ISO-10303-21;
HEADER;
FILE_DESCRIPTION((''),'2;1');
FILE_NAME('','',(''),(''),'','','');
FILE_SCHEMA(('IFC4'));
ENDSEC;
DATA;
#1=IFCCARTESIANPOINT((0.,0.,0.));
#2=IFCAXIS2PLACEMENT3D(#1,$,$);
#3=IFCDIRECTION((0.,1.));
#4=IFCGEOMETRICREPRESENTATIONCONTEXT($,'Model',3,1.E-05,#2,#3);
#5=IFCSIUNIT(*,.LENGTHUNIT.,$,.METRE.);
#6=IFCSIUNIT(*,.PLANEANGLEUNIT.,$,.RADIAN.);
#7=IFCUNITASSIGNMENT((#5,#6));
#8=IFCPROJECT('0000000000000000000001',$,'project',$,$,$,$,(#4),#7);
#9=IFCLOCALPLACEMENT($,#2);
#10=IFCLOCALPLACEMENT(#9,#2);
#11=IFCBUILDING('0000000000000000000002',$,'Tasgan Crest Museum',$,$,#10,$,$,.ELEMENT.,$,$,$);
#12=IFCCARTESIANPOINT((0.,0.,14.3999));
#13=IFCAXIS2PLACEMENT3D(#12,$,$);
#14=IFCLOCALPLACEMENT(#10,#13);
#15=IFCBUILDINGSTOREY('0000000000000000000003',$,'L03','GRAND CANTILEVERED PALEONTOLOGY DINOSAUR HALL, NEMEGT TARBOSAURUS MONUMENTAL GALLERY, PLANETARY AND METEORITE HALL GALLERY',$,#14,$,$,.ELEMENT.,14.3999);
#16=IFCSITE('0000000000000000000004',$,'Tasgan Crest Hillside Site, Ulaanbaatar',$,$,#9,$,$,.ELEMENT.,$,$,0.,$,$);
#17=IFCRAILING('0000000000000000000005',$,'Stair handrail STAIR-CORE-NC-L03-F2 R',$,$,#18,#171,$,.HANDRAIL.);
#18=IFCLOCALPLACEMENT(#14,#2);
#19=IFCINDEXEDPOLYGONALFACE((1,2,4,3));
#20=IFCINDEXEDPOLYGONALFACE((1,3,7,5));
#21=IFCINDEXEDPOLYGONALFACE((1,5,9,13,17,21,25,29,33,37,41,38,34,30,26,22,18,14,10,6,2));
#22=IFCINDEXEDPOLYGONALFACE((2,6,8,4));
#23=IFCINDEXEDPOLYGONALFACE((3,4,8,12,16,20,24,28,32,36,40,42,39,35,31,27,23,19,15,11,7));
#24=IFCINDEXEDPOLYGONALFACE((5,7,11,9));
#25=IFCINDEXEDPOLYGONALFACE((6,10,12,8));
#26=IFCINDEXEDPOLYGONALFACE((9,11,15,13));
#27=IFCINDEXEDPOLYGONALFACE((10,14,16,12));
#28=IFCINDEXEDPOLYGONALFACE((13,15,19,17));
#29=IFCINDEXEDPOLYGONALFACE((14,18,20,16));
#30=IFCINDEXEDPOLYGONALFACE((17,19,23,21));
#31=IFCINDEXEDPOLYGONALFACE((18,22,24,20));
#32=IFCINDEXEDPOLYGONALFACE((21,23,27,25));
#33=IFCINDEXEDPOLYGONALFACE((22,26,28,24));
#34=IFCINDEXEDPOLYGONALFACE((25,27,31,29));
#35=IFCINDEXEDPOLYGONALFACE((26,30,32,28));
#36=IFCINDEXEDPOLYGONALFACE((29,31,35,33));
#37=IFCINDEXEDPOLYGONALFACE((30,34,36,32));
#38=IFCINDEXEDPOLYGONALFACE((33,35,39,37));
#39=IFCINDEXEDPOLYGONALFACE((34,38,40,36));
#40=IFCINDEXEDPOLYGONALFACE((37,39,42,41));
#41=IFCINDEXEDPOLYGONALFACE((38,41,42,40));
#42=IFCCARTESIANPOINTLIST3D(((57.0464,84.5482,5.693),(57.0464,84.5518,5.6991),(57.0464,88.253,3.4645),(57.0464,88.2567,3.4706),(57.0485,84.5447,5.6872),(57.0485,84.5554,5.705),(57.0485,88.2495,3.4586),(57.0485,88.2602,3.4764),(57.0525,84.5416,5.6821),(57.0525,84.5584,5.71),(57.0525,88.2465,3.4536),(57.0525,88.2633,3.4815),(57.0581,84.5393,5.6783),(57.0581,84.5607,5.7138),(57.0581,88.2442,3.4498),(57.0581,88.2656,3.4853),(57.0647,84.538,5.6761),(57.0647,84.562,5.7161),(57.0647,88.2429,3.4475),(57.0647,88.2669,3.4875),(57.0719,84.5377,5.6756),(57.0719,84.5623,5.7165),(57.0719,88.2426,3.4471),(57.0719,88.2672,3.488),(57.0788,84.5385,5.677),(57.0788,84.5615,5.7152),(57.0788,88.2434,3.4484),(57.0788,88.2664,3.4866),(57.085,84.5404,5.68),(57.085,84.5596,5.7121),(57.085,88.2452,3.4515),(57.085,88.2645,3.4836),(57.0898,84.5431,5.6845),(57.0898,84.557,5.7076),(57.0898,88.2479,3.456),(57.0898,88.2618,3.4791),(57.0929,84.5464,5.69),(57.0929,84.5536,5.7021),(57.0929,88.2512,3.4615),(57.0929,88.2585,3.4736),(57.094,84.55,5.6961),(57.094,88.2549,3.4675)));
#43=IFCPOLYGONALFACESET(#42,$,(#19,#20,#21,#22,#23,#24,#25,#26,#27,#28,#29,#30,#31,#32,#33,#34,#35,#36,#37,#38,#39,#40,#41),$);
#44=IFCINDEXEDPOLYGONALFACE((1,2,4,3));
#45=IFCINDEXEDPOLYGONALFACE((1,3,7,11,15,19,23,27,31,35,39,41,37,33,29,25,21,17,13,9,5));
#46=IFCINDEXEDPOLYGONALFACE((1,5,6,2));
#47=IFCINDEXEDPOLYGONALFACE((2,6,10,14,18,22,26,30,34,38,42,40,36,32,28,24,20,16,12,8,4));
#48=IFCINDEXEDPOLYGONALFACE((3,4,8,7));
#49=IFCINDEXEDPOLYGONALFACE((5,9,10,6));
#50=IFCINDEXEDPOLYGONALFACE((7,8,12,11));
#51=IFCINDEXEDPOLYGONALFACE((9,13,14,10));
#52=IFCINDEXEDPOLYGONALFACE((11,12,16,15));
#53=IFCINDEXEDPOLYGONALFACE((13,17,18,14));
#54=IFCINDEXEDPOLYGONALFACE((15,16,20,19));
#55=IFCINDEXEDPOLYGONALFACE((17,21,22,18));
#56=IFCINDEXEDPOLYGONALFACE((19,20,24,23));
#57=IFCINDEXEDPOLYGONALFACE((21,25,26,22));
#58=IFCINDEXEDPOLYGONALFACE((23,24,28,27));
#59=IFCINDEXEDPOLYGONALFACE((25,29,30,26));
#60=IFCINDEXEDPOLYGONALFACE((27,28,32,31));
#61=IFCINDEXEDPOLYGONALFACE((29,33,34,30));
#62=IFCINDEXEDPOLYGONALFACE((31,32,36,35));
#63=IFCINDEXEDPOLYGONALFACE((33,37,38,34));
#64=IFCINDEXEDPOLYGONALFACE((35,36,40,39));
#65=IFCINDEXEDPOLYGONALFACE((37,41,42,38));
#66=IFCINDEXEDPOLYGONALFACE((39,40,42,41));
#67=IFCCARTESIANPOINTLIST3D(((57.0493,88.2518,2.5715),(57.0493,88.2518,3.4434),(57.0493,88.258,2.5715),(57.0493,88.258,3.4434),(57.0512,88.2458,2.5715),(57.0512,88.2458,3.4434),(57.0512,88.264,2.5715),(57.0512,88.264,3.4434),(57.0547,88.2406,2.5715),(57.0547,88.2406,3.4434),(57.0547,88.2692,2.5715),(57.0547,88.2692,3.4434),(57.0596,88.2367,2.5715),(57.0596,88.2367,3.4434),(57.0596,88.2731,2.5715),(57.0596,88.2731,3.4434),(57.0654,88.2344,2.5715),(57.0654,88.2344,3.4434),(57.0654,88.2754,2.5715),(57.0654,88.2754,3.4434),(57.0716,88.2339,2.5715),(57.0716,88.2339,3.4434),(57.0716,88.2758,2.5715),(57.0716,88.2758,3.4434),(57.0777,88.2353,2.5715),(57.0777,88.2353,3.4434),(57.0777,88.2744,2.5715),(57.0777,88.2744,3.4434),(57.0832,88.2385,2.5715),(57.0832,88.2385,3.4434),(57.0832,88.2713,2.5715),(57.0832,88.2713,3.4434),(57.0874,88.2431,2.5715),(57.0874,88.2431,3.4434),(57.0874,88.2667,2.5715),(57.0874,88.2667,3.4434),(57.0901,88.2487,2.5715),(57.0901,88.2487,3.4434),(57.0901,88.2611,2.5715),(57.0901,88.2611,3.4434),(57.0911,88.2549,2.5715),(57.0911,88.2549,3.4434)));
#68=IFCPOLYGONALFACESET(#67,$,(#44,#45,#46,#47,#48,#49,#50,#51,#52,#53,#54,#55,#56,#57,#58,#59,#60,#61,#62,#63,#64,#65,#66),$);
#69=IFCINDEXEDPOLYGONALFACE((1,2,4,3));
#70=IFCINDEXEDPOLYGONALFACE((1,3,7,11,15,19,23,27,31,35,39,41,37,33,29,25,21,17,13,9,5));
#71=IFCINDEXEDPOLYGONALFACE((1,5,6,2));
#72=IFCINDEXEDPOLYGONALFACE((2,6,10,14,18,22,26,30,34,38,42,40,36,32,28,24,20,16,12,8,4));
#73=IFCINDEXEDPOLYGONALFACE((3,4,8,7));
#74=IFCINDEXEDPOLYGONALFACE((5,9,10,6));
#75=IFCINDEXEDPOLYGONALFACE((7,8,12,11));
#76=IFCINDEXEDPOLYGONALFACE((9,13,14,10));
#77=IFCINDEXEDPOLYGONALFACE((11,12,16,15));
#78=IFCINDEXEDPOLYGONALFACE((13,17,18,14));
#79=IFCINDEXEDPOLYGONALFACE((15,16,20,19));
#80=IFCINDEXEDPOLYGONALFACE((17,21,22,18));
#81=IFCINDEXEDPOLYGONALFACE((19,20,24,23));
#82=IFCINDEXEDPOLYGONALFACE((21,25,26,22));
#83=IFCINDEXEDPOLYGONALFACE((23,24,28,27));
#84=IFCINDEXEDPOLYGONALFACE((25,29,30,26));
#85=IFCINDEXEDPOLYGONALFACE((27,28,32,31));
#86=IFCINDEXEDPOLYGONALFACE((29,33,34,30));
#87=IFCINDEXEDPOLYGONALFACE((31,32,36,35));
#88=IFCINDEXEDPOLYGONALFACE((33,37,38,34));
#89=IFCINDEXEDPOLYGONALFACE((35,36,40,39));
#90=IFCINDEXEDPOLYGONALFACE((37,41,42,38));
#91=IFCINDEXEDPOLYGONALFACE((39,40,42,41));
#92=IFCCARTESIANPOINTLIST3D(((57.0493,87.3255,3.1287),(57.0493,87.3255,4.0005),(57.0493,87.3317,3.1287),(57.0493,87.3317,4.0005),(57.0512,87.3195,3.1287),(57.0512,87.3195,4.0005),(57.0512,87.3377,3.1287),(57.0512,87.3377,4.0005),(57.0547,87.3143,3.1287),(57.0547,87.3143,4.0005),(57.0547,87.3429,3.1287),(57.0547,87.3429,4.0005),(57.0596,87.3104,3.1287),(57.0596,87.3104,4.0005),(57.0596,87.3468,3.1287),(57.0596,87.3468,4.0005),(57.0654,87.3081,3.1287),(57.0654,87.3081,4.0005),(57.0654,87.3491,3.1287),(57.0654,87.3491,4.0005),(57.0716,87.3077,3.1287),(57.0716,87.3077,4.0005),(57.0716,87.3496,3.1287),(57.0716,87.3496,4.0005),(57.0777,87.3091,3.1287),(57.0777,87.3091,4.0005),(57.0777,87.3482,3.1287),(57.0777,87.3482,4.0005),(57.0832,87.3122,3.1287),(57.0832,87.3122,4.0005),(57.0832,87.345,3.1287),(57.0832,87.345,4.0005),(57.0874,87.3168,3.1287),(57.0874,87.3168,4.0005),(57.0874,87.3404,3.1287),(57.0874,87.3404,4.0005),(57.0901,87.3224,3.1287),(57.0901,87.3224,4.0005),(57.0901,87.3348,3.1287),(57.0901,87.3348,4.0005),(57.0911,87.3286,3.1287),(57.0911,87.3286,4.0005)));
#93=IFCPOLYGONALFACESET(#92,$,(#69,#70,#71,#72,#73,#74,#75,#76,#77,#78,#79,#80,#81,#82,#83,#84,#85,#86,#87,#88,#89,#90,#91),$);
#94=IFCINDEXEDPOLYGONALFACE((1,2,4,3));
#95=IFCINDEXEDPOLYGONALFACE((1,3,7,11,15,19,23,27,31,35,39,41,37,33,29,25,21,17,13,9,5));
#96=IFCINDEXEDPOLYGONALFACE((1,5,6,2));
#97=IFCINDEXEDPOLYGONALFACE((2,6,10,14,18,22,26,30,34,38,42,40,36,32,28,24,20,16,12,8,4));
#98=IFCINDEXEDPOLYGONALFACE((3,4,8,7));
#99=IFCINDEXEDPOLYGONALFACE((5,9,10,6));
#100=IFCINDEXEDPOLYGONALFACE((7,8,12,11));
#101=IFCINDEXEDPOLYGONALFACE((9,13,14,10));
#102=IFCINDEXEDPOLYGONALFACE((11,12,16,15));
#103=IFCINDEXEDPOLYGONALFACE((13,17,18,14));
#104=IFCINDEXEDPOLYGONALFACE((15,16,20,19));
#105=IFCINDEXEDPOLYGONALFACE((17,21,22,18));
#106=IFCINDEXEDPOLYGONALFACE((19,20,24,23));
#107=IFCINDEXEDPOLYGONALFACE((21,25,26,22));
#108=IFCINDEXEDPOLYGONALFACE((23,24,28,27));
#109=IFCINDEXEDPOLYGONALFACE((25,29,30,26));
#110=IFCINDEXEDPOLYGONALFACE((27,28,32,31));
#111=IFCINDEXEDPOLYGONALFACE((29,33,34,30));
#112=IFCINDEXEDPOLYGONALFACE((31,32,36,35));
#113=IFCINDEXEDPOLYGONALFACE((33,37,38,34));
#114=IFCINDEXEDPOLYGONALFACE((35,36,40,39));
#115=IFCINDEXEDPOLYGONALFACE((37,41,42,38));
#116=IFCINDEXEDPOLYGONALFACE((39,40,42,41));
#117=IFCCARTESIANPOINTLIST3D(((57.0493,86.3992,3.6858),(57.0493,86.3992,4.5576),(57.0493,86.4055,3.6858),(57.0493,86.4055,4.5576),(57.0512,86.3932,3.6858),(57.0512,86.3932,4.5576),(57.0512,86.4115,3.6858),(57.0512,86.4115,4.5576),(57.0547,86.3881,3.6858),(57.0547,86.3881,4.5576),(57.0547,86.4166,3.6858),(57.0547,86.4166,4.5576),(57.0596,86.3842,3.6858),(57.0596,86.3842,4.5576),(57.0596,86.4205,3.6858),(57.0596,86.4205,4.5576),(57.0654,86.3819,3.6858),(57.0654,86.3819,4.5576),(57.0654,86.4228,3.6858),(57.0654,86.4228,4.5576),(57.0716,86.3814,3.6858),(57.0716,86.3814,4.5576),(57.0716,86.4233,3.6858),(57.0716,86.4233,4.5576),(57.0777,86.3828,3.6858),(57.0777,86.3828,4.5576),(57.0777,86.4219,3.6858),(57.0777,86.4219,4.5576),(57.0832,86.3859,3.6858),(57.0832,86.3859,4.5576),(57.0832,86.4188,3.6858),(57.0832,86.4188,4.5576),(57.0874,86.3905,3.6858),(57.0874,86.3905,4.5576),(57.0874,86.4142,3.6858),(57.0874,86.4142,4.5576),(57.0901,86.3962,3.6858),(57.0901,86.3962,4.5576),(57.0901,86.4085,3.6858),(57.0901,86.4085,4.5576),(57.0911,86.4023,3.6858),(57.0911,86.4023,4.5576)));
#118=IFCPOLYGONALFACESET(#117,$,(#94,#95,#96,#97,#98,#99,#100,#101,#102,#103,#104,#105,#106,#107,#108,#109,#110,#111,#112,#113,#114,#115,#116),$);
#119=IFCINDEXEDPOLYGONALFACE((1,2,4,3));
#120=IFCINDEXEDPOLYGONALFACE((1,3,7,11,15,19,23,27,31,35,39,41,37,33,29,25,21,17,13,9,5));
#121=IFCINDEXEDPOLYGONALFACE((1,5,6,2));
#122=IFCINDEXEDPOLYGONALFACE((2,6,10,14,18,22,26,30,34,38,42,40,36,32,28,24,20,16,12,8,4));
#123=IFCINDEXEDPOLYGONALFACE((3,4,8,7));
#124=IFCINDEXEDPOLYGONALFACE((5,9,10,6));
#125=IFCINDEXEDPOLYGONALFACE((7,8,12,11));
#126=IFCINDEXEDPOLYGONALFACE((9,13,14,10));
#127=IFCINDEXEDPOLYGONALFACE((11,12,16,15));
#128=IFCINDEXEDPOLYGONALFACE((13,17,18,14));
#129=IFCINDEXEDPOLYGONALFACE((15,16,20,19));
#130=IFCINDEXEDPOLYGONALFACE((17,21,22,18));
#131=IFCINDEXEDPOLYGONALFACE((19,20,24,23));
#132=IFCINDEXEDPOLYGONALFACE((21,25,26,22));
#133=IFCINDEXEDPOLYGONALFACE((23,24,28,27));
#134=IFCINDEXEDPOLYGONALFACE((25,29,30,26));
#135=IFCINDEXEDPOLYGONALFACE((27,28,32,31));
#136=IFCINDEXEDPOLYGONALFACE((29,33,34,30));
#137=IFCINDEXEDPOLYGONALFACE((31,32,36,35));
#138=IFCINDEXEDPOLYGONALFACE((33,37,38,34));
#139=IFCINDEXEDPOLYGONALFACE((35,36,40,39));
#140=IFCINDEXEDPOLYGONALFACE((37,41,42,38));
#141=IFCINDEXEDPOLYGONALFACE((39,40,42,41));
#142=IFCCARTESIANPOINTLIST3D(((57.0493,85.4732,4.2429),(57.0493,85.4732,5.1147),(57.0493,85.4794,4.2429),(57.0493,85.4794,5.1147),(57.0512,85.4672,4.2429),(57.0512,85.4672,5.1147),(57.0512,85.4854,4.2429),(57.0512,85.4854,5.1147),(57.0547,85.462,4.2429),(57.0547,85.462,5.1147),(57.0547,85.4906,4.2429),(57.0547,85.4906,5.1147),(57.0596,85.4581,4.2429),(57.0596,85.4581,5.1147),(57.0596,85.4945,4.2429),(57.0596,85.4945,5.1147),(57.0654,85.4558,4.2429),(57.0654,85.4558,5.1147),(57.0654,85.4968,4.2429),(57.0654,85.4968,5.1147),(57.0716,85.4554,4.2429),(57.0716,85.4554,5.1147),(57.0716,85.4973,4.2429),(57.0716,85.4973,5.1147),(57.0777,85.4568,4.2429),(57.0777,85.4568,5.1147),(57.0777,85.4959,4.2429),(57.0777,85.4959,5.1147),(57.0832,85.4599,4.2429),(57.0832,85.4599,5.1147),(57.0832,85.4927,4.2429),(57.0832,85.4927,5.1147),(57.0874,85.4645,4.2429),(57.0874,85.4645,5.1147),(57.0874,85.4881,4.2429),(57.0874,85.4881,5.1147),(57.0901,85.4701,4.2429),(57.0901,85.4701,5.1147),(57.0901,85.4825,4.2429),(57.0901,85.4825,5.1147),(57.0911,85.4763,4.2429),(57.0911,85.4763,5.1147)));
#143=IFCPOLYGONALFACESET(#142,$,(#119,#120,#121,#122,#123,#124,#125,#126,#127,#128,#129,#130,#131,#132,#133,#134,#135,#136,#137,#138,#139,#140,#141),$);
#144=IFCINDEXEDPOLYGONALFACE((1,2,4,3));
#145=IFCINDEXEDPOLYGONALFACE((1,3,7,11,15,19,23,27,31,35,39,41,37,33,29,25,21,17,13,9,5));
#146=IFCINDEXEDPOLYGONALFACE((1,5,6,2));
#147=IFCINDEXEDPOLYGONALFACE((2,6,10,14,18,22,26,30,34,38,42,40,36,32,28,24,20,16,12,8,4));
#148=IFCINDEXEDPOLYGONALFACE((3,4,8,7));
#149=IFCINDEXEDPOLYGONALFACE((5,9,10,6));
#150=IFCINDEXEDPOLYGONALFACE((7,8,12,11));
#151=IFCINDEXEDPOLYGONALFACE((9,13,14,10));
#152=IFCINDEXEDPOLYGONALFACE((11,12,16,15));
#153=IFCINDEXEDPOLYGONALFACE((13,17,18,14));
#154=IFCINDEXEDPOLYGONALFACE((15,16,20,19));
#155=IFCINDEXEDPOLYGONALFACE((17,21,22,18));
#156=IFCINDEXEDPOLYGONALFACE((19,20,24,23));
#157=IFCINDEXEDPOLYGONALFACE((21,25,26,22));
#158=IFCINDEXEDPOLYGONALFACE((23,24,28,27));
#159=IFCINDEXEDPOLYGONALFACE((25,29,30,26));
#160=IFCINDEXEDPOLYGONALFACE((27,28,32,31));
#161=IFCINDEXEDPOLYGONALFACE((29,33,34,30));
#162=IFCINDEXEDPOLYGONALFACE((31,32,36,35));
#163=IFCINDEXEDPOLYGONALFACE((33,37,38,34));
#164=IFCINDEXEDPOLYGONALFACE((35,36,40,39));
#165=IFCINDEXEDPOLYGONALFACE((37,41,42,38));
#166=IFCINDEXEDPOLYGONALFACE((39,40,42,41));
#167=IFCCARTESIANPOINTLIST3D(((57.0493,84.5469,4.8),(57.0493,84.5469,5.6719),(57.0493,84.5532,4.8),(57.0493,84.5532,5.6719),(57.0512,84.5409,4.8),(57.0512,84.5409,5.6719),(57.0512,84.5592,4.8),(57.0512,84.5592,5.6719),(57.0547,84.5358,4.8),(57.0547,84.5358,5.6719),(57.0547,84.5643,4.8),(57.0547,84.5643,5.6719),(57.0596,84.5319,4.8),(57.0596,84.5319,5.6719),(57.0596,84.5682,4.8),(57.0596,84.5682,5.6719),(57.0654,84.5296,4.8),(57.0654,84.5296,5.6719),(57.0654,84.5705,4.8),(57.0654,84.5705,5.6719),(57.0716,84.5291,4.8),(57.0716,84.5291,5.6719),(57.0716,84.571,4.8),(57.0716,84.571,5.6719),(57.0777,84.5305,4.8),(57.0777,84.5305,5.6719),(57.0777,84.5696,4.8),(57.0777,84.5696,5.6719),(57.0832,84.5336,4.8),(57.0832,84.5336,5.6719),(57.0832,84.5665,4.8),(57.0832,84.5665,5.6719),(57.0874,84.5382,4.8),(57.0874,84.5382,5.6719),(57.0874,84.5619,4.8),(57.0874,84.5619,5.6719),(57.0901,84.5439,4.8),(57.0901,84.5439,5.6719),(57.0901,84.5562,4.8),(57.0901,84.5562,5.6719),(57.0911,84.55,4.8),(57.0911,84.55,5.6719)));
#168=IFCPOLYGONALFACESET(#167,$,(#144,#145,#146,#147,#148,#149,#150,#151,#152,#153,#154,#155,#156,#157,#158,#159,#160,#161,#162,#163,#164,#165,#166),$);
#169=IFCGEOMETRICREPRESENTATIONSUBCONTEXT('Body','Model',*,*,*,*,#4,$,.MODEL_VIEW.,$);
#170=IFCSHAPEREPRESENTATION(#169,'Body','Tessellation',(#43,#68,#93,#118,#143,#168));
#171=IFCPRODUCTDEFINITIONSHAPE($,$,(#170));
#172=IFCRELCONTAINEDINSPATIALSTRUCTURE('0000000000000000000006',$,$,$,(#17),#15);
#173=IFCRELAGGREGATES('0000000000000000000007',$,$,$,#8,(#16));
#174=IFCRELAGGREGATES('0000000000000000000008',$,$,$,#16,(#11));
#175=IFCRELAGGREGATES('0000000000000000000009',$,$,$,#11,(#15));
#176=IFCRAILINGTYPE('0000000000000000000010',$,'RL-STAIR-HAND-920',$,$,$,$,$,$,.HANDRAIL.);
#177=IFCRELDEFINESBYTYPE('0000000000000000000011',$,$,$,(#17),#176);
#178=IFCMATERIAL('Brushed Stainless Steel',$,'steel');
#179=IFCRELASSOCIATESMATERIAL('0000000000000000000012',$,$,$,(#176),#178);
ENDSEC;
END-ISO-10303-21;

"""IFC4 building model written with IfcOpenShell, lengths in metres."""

from ifc_helpers import new_model, si_unit, direction, frame, origin, origin_2d, place, context, subcontext, project, spatial, circle, extrude, material, type_object, element, save


model = new_model("IFC4")

# Units and contexts
model_context = context("Model", 3, precision=1e-05, world=origin(), true_north=direction((0.0, 1.0)))
body_context = subcontext(model_context, "Body", "Model", "MODEL_VIEW")
ifc_project = project(units=[si_unit("LENGTHUNIT", "METRE"), si_unit("PLANEANGLEUNIT", "RADIAN")], contexts=[model_context])

# Site, building, storey
site_placement = place(None, origin())
site = spatial("IfcSite", under=ifc_project, at=site_placement, Name="Tasgan Crest Hillside Site, Ulaanbaatar", CompositionType="ELEMENT", RefElevation=0.0)
building_placement = place(site_placement, origin())
building = spatial("IfcBuilding", under=site, at=building_placement, Name="Tasgan Crest Museum", CompositionType="ELEMENT")
storey_placement = place(building_placement, frame((0.0, 0.0, 14.3999)))
storey = spatial("IfcBuildingStorey", under=building, at=storey_placement, Name="L03", Description="GRAND CANTILEVERED PALEONTOLOGY DINOSAUR HALL, NEMEGT TARBOSAURUS MONUMENTAL GALLERY, PLANETARY AND METEORITE HALL GALLERY", CompositionType="ELEMENT", Elevation=14.3999)

# Railing
ifc_material_1 = material(Name="Brushed Stainless Steel", Category="steel")
railing_type_1 = type_object("IfcRailingType", Name="RL-STAIR-HAND-920", PredefinedType="HANDRAIL", material=ifc_material_1)
railing_1_placement = place(storey_placement, frame((57.0701, 88.2549, 2.5715)))
element("IfcRailing", 1, at=railing_1_placement, inside=storey, type_object=railing_type_1, Name="Stair handrail STAIR-CORE-NC-L03-F2 R", PredefinedType="HANDRAIL", context=body_context, shape_type="SweptSolid", body=[
    extrude(circle(Radius=0.0239, at=origin_2d()), frame((0.0, 0.0, 0.896), z_axis=(0.0, -0.856919, 0.51545), x_axis=(1.0, 0.0, 0.0)), (0.0, 0.0, 1.0), 4.3235),
    extrude(circle(Radius=0.021, at=origin_2d()), origin(), (0.0, 0.0, 1.0), 0.8718),
    extrude(circle(Radius=0.021, at=origin_2d()), frame((0.0, -0.9263, 0.5571)), (0.0, 0.0, 1.0), 0.8718),
    extrude(circle(Radius=0.021, at=origin_2d()), frame((0.0, -1.8525, 1.1143)), (0.0, 0.0, 1.0), 0.8718),
    extrude(circle(Radius=0.021, at=origin_2d()), frame((0.0, -2.7786, 1.6714)), (0.0, 0.0, 1.0), 0.8718),
    extrude(circle(Radius=0.021, at=origin_2d()), frame((0.0, -3.7048, 2.2285)), (0.0, 0.0, 1.0), 0.8718),
])

save(model, "model.ifc")
